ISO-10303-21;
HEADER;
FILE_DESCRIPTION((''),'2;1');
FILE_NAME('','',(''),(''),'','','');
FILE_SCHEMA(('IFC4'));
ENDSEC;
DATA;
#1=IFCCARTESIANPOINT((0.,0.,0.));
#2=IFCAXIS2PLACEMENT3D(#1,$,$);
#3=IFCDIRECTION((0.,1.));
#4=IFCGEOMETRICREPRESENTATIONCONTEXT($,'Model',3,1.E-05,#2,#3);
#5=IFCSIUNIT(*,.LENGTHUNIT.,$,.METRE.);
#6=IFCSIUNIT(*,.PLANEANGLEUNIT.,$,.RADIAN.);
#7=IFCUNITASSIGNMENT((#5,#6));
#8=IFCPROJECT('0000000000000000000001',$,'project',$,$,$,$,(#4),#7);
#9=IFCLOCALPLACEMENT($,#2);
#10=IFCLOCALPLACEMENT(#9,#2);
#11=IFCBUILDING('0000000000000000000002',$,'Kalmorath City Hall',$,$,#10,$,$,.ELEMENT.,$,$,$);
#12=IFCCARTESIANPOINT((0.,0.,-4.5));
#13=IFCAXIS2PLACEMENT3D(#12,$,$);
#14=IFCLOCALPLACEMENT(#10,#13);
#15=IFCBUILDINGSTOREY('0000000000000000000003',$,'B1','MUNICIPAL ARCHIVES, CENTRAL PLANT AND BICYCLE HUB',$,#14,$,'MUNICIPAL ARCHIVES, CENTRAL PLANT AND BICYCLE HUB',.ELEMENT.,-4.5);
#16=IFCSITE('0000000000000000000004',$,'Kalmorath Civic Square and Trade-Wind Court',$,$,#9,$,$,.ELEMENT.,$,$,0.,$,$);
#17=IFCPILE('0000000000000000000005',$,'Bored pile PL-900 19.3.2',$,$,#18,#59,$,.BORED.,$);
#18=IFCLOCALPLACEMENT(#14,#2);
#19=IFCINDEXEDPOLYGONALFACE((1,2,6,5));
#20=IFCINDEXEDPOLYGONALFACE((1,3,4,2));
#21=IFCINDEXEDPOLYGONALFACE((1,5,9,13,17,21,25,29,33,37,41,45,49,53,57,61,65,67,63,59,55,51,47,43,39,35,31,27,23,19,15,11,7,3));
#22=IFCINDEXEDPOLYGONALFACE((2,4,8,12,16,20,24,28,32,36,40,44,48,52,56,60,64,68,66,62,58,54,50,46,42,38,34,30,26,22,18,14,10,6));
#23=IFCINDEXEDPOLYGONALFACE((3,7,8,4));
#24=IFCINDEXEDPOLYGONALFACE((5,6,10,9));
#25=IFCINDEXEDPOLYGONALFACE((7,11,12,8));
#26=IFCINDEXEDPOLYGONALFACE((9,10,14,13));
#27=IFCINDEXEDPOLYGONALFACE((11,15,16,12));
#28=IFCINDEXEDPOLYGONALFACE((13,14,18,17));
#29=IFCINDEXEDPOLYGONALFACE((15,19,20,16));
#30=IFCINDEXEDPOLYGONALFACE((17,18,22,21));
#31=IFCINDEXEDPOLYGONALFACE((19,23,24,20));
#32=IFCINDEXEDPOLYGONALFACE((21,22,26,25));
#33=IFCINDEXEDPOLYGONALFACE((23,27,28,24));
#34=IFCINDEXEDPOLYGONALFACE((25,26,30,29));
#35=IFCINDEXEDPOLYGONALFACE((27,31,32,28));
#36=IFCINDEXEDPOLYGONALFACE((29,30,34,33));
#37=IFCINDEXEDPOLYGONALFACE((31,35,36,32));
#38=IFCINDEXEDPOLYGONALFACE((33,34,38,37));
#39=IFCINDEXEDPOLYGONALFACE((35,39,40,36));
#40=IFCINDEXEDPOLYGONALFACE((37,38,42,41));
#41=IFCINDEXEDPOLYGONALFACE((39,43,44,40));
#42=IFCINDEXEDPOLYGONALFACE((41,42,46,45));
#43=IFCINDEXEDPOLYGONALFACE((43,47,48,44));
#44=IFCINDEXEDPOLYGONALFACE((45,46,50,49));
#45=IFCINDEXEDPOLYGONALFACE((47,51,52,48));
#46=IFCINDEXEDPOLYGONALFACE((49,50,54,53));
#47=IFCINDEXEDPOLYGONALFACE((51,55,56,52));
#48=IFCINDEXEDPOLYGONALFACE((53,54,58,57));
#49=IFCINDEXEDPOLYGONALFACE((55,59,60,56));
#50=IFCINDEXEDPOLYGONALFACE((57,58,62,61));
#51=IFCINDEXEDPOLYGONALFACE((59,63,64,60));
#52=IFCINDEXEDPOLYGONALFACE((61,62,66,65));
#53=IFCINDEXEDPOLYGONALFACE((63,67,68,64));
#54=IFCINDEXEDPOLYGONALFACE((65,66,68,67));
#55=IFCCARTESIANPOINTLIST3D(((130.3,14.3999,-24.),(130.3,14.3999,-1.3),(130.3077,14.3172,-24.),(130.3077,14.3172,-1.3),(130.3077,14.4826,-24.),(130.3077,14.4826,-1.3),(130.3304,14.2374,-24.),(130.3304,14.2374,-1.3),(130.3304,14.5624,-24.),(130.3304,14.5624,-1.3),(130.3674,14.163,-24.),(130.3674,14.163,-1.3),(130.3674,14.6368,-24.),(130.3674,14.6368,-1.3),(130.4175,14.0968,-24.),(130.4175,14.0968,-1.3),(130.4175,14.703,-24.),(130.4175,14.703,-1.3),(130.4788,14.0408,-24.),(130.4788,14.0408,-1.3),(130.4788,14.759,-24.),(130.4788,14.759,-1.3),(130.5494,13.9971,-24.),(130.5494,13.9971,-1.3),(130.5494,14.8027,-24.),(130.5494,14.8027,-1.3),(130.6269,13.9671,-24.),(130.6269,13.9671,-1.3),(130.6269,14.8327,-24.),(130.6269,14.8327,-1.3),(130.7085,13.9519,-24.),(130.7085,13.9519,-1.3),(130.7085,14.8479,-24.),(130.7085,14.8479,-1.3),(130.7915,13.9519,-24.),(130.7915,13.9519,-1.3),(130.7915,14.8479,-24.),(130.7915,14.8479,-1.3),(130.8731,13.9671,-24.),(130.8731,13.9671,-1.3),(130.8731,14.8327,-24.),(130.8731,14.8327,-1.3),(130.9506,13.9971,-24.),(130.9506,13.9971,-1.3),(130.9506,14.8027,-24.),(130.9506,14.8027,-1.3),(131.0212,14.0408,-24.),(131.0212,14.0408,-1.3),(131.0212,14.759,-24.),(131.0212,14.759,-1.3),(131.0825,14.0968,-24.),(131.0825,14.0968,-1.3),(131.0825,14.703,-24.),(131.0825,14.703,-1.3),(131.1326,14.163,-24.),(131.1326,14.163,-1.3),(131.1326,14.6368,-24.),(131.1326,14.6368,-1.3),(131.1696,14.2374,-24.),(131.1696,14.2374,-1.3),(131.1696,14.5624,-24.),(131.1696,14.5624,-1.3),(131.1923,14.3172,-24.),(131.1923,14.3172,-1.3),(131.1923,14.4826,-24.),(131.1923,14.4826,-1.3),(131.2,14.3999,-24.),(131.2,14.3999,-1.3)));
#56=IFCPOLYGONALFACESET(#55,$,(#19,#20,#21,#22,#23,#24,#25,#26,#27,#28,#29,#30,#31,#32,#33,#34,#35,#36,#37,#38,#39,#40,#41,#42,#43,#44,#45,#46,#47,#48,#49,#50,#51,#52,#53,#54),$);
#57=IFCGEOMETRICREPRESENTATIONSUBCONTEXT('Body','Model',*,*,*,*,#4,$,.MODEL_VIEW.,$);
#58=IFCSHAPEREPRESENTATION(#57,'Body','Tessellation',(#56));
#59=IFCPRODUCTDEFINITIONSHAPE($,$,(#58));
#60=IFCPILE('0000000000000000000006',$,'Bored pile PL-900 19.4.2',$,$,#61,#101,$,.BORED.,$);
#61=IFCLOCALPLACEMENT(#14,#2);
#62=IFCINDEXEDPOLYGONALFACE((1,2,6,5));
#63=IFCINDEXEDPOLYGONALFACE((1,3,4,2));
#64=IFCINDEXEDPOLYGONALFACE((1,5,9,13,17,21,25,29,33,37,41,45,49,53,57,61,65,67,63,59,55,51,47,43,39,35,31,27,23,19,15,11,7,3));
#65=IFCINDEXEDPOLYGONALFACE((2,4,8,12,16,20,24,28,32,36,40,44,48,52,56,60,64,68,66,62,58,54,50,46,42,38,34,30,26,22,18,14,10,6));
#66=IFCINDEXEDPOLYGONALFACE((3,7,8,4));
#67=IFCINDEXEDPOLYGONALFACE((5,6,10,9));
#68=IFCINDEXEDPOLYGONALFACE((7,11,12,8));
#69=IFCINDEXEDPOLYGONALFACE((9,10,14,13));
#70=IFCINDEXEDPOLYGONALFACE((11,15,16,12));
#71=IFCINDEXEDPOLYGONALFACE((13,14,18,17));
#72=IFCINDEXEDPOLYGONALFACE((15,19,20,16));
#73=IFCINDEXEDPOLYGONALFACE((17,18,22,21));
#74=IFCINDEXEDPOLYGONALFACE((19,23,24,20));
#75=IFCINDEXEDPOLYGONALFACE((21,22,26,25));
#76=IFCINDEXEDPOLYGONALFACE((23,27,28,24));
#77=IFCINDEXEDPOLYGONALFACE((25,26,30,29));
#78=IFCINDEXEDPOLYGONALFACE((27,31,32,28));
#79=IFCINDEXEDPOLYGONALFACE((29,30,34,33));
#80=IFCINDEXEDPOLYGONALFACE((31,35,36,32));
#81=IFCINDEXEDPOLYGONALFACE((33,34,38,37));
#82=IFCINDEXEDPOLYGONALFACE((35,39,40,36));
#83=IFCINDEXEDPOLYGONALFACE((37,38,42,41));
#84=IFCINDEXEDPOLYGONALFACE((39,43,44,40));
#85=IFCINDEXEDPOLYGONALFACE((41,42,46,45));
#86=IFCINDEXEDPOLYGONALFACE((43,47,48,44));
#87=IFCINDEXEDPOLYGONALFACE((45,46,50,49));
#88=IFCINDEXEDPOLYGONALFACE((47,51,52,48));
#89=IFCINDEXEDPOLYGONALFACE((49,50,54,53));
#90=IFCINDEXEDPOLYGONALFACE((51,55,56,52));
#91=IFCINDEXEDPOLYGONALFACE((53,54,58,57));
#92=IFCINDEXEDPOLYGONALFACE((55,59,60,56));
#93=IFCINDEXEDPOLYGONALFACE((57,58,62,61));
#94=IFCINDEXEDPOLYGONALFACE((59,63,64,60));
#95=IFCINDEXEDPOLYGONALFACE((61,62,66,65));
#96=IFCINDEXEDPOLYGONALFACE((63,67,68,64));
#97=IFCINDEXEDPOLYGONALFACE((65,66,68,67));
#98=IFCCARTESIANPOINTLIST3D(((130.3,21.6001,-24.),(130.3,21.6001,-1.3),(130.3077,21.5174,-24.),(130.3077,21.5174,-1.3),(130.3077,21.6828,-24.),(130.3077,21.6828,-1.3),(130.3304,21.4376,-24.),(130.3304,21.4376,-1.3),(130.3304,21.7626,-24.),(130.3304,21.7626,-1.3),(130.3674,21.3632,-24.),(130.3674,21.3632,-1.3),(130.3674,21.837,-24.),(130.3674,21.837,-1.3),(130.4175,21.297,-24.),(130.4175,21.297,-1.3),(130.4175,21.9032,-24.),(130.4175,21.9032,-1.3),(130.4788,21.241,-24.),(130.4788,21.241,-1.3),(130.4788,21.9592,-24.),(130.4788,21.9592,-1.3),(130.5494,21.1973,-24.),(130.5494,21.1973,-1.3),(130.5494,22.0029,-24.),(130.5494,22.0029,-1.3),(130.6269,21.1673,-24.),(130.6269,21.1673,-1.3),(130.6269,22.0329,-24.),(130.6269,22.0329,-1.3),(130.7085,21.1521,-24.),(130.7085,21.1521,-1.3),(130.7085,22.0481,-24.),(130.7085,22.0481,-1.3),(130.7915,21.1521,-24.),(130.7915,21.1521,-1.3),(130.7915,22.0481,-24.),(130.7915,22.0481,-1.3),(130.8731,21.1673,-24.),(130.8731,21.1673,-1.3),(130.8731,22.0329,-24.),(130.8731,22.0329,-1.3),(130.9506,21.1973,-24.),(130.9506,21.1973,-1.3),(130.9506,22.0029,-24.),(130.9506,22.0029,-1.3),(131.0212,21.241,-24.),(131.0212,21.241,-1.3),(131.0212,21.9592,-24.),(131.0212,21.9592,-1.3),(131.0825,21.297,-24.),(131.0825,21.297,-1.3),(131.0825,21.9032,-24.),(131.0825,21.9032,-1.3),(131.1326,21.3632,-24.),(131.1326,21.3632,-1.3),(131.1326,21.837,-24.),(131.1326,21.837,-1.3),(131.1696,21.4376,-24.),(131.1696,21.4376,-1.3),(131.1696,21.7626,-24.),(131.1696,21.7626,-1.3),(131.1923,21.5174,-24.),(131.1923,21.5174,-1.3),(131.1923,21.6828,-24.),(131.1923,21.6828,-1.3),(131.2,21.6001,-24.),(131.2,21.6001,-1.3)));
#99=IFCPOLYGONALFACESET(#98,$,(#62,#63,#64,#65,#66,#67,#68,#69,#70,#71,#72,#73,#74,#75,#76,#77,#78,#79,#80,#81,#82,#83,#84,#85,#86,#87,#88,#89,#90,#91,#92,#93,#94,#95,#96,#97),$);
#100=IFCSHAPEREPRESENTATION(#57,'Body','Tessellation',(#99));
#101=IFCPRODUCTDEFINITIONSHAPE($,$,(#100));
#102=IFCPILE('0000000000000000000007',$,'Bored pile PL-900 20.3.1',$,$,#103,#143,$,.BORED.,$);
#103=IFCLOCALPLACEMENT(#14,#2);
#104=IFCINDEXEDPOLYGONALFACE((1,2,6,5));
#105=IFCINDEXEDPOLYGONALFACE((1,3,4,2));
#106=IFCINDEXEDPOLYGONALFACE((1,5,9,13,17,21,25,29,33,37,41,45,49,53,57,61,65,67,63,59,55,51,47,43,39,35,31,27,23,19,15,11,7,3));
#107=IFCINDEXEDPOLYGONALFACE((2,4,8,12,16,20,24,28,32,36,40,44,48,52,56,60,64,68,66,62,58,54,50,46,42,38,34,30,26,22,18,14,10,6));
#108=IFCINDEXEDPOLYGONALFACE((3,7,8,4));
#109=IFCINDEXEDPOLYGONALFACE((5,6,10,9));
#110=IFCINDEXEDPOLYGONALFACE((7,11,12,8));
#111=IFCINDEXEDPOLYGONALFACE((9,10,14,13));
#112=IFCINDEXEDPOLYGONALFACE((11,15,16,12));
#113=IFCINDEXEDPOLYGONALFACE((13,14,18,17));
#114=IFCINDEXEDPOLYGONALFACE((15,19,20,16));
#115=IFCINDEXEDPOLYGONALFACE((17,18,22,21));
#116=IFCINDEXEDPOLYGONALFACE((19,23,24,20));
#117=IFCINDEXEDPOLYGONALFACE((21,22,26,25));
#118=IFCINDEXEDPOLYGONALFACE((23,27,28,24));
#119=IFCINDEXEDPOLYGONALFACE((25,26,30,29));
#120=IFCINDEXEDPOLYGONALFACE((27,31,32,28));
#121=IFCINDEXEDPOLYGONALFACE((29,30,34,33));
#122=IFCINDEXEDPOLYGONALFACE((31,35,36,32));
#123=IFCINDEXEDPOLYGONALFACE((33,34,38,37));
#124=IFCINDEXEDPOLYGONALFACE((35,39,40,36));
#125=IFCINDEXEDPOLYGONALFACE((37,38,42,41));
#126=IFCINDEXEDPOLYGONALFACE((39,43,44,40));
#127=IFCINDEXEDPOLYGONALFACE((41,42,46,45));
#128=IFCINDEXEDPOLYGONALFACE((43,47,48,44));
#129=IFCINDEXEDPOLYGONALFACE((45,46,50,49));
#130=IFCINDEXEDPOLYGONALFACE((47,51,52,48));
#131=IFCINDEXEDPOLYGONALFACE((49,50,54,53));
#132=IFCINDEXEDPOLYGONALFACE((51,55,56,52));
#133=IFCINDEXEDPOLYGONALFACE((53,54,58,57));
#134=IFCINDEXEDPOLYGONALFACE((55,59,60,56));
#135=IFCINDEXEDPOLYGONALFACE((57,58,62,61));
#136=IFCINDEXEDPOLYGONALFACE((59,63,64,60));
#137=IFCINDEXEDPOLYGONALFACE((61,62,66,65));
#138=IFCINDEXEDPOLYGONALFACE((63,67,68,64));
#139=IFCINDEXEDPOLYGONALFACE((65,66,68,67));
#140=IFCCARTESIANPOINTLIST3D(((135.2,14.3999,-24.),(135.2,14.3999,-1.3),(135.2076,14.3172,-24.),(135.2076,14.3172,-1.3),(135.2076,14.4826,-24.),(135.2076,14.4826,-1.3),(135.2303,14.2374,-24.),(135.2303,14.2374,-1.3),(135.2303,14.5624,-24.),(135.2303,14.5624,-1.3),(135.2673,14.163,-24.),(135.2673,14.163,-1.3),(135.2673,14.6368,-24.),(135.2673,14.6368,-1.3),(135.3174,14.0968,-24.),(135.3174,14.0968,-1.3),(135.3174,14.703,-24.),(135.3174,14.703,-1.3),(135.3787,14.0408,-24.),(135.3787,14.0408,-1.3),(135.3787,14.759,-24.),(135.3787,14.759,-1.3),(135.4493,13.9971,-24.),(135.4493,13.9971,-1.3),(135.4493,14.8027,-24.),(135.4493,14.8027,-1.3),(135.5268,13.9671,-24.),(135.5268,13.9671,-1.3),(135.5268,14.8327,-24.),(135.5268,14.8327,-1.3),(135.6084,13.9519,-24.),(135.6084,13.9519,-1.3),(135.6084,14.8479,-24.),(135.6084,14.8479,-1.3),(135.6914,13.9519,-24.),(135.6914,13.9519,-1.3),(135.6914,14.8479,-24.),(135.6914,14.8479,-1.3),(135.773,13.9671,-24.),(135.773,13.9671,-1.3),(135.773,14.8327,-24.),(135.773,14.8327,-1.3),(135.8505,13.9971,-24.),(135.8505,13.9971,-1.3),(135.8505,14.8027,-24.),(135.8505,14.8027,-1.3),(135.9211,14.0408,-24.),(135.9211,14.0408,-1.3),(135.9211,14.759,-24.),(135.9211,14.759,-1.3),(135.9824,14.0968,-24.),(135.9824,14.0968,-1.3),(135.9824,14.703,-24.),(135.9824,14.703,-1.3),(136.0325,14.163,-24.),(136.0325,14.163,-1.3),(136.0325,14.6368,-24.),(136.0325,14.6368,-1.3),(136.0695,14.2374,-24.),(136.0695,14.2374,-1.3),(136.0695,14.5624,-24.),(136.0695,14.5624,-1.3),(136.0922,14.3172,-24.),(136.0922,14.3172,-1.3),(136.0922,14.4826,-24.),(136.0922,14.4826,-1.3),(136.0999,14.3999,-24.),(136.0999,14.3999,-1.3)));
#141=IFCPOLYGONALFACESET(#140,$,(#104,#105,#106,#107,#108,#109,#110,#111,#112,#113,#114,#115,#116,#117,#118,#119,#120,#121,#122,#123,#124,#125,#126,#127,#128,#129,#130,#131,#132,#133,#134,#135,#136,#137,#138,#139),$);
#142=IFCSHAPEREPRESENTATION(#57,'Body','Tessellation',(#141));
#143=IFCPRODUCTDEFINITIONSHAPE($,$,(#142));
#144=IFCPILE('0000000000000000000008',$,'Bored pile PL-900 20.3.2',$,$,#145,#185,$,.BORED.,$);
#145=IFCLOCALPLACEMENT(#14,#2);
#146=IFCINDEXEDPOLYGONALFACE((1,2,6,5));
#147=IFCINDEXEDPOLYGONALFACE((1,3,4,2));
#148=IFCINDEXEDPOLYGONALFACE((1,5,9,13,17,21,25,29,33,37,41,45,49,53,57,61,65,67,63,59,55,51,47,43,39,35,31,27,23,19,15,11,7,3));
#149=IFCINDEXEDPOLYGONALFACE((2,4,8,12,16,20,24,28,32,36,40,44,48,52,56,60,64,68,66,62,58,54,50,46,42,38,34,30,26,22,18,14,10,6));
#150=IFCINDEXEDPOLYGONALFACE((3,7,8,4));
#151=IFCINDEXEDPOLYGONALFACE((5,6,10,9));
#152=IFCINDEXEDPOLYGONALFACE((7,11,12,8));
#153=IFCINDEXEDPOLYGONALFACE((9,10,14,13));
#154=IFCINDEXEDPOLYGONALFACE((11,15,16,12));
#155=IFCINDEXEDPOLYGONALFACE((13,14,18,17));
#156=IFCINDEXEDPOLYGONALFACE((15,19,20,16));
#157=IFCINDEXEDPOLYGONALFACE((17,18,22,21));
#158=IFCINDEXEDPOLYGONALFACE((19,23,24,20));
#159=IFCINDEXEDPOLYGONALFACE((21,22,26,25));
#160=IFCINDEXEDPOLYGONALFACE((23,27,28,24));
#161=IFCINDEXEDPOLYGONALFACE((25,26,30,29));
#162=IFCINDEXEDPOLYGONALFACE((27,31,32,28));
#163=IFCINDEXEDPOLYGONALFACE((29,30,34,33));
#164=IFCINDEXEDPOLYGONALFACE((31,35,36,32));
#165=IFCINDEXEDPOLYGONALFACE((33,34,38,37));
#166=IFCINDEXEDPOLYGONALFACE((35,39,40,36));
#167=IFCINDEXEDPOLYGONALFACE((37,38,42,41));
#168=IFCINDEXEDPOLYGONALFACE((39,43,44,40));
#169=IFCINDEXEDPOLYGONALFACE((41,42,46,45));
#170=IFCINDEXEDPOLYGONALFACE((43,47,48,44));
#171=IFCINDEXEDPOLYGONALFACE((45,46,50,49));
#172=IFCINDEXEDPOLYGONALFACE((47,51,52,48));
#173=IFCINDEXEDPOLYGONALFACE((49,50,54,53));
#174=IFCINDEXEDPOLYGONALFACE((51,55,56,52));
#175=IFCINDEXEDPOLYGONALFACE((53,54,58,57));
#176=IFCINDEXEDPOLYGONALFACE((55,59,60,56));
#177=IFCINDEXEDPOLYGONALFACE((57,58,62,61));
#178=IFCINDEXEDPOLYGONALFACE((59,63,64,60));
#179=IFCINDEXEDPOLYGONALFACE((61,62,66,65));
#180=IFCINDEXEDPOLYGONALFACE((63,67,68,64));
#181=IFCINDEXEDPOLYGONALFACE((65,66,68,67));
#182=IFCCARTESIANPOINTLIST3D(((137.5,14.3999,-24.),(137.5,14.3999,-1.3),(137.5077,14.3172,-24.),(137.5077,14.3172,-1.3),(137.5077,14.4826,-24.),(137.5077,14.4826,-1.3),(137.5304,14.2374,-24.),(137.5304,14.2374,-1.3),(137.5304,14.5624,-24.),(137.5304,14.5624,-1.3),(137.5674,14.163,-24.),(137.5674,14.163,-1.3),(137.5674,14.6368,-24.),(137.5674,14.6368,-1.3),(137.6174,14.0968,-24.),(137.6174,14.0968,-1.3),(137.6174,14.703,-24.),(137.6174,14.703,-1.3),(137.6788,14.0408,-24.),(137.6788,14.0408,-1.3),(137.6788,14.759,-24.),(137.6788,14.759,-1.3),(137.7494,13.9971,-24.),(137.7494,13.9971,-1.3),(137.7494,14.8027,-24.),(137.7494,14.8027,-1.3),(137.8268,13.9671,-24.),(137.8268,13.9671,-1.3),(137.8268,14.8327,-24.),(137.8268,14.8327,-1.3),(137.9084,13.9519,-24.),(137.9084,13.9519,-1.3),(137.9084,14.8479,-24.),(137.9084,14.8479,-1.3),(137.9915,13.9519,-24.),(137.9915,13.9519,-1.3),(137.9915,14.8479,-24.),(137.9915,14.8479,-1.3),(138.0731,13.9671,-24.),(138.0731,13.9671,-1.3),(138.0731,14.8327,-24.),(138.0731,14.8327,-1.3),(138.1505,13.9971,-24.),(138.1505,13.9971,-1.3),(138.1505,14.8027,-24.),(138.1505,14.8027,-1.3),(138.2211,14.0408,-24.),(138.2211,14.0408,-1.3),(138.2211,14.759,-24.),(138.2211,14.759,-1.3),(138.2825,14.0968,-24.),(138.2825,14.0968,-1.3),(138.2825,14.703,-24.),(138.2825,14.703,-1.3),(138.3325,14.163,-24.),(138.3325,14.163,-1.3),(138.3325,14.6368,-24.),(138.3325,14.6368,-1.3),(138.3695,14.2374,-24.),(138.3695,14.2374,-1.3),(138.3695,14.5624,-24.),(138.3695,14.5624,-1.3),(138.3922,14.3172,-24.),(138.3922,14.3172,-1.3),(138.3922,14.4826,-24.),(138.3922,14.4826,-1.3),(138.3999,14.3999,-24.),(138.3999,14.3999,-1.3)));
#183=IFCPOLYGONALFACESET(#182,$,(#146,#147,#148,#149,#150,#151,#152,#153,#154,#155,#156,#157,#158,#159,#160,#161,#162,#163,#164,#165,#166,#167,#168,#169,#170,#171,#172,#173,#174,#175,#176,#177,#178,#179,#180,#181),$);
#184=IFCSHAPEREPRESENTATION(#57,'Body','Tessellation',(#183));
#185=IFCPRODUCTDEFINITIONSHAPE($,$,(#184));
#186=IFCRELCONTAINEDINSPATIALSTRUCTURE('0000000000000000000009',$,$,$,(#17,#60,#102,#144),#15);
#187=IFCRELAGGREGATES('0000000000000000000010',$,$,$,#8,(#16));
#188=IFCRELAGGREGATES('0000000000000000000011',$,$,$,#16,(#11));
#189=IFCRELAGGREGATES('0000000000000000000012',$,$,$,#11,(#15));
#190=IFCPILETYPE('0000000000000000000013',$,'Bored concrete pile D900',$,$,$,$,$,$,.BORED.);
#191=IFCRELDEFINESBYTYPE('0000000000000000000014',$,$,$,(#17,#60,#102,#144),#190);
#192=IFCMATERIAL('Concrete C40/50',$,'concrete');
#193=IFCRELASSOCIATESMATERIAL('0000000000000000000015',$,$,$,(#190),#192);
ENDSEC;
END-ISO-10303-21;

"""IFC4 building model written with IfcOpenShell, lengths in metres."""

from ifc_helpers import new_model, si_unit, direction, frame, origin, origin_2d, place, context, subcontext, project, spatial, circle, extrude, material, material_profile, profile_set, type_object, element, save


model = new_model("IFC4")

# Units and contexts
model_context = context("Model", 3, precision=1e-05, world=origin(), true_north=direction((0.0, 1.0)))
body_context = subcontext(model_context, "Body", "Model", "MODEL_VIEW")
ifc_project = project(units=[si_unit("LENGTHUNIT", "METRE"), si_unit("PLANEANGLEUNIT", "RADIAN")], contexts=[model_context])

# Site, building, storey
site_placement = place(None, origin())
site = spatial("IfcSite", under=ifc_project, at=site_placement, Name="Kalmorath Civic Square and Trade-Wind Court", CompositionType="ELEMENT", RefElevation=0.0)
building_placement = place(site_placement, origin())
building = spatial("IfcBuilding", under=site, at=building_placement, Name="Kalmorath City Hall", CompositionType="ELEMENT")
storey_placement = place(building_placement, frame((0.0, 0.0, -4.5)))
storey = spatial("IfcBuildingStorey", under=building, at=storey_placement, Name="B1", Description="MUNICIPAL ARCHIVES, CENTRAL PLANT AND BICYCLE HUB", LongName="MUNICIPAL ARCHIVES, CENTRAL PLANT AND BICYCLE HUB", CompositionType="ELEMENT", Elevation=-4.5)

# Piles
ifc_material_1 = material(Name="Concrete C40/50", Category="concrete")
ifc_material_profile_1 = material_profile(ifc_material_1, circle(Radius=0.45, at=origin_2d()), Name="PILE-D900")
ifc_profile_set_1 = profile_set([ifc_material_profile_1], Name="Concrete C40/50")
pile_type = type_object("IfcPileType", Name="Bored concrete pile D900", PredefinedType="BORED", material=ifc_profile_set_1)
for number, where, z_axis, x_axis, name in (
    (1, (130.75, 14.3999, -1.3), (0.0, 0.0, -1.0), (1.0, 0.0, 0.0), "Bored pile PL-900 19.3.2"),
    (2, (130.75, 21.6001, -1.3), (0.0, 0.0, -1.0), (1.0, 0.0, 0.0), "Bored pile PL-900 19.4.2"),
    (3, (135.6499, 14.3999, -1.3), (0.0, 0.0, -1.0), (1.0, 0.0, 0.0), "Bored pile PL-900 20.3.1"),
    (4, (137.95, 14.3999, -1.3), (0.0, 0.0, -1.0), (1.0, 0.0, 0.0), "Bored pile PL-900 20.3.2"),
):
    element("IfcPile", number, at=place(storey_placement, frame(where, z_axis=z_axis, x_axis=x_axis)), inside=storey, type_object=pile_type, Name=name, PredefinedType="BORED", context=body_context, shape_type="SweptSolid", body=[
        extrude(circle(Radius=0.45, at=origin_2d()), origin(), (0.0, 0.0, 1.0), 22.7),
    ])

save(model, "model.ifc")
